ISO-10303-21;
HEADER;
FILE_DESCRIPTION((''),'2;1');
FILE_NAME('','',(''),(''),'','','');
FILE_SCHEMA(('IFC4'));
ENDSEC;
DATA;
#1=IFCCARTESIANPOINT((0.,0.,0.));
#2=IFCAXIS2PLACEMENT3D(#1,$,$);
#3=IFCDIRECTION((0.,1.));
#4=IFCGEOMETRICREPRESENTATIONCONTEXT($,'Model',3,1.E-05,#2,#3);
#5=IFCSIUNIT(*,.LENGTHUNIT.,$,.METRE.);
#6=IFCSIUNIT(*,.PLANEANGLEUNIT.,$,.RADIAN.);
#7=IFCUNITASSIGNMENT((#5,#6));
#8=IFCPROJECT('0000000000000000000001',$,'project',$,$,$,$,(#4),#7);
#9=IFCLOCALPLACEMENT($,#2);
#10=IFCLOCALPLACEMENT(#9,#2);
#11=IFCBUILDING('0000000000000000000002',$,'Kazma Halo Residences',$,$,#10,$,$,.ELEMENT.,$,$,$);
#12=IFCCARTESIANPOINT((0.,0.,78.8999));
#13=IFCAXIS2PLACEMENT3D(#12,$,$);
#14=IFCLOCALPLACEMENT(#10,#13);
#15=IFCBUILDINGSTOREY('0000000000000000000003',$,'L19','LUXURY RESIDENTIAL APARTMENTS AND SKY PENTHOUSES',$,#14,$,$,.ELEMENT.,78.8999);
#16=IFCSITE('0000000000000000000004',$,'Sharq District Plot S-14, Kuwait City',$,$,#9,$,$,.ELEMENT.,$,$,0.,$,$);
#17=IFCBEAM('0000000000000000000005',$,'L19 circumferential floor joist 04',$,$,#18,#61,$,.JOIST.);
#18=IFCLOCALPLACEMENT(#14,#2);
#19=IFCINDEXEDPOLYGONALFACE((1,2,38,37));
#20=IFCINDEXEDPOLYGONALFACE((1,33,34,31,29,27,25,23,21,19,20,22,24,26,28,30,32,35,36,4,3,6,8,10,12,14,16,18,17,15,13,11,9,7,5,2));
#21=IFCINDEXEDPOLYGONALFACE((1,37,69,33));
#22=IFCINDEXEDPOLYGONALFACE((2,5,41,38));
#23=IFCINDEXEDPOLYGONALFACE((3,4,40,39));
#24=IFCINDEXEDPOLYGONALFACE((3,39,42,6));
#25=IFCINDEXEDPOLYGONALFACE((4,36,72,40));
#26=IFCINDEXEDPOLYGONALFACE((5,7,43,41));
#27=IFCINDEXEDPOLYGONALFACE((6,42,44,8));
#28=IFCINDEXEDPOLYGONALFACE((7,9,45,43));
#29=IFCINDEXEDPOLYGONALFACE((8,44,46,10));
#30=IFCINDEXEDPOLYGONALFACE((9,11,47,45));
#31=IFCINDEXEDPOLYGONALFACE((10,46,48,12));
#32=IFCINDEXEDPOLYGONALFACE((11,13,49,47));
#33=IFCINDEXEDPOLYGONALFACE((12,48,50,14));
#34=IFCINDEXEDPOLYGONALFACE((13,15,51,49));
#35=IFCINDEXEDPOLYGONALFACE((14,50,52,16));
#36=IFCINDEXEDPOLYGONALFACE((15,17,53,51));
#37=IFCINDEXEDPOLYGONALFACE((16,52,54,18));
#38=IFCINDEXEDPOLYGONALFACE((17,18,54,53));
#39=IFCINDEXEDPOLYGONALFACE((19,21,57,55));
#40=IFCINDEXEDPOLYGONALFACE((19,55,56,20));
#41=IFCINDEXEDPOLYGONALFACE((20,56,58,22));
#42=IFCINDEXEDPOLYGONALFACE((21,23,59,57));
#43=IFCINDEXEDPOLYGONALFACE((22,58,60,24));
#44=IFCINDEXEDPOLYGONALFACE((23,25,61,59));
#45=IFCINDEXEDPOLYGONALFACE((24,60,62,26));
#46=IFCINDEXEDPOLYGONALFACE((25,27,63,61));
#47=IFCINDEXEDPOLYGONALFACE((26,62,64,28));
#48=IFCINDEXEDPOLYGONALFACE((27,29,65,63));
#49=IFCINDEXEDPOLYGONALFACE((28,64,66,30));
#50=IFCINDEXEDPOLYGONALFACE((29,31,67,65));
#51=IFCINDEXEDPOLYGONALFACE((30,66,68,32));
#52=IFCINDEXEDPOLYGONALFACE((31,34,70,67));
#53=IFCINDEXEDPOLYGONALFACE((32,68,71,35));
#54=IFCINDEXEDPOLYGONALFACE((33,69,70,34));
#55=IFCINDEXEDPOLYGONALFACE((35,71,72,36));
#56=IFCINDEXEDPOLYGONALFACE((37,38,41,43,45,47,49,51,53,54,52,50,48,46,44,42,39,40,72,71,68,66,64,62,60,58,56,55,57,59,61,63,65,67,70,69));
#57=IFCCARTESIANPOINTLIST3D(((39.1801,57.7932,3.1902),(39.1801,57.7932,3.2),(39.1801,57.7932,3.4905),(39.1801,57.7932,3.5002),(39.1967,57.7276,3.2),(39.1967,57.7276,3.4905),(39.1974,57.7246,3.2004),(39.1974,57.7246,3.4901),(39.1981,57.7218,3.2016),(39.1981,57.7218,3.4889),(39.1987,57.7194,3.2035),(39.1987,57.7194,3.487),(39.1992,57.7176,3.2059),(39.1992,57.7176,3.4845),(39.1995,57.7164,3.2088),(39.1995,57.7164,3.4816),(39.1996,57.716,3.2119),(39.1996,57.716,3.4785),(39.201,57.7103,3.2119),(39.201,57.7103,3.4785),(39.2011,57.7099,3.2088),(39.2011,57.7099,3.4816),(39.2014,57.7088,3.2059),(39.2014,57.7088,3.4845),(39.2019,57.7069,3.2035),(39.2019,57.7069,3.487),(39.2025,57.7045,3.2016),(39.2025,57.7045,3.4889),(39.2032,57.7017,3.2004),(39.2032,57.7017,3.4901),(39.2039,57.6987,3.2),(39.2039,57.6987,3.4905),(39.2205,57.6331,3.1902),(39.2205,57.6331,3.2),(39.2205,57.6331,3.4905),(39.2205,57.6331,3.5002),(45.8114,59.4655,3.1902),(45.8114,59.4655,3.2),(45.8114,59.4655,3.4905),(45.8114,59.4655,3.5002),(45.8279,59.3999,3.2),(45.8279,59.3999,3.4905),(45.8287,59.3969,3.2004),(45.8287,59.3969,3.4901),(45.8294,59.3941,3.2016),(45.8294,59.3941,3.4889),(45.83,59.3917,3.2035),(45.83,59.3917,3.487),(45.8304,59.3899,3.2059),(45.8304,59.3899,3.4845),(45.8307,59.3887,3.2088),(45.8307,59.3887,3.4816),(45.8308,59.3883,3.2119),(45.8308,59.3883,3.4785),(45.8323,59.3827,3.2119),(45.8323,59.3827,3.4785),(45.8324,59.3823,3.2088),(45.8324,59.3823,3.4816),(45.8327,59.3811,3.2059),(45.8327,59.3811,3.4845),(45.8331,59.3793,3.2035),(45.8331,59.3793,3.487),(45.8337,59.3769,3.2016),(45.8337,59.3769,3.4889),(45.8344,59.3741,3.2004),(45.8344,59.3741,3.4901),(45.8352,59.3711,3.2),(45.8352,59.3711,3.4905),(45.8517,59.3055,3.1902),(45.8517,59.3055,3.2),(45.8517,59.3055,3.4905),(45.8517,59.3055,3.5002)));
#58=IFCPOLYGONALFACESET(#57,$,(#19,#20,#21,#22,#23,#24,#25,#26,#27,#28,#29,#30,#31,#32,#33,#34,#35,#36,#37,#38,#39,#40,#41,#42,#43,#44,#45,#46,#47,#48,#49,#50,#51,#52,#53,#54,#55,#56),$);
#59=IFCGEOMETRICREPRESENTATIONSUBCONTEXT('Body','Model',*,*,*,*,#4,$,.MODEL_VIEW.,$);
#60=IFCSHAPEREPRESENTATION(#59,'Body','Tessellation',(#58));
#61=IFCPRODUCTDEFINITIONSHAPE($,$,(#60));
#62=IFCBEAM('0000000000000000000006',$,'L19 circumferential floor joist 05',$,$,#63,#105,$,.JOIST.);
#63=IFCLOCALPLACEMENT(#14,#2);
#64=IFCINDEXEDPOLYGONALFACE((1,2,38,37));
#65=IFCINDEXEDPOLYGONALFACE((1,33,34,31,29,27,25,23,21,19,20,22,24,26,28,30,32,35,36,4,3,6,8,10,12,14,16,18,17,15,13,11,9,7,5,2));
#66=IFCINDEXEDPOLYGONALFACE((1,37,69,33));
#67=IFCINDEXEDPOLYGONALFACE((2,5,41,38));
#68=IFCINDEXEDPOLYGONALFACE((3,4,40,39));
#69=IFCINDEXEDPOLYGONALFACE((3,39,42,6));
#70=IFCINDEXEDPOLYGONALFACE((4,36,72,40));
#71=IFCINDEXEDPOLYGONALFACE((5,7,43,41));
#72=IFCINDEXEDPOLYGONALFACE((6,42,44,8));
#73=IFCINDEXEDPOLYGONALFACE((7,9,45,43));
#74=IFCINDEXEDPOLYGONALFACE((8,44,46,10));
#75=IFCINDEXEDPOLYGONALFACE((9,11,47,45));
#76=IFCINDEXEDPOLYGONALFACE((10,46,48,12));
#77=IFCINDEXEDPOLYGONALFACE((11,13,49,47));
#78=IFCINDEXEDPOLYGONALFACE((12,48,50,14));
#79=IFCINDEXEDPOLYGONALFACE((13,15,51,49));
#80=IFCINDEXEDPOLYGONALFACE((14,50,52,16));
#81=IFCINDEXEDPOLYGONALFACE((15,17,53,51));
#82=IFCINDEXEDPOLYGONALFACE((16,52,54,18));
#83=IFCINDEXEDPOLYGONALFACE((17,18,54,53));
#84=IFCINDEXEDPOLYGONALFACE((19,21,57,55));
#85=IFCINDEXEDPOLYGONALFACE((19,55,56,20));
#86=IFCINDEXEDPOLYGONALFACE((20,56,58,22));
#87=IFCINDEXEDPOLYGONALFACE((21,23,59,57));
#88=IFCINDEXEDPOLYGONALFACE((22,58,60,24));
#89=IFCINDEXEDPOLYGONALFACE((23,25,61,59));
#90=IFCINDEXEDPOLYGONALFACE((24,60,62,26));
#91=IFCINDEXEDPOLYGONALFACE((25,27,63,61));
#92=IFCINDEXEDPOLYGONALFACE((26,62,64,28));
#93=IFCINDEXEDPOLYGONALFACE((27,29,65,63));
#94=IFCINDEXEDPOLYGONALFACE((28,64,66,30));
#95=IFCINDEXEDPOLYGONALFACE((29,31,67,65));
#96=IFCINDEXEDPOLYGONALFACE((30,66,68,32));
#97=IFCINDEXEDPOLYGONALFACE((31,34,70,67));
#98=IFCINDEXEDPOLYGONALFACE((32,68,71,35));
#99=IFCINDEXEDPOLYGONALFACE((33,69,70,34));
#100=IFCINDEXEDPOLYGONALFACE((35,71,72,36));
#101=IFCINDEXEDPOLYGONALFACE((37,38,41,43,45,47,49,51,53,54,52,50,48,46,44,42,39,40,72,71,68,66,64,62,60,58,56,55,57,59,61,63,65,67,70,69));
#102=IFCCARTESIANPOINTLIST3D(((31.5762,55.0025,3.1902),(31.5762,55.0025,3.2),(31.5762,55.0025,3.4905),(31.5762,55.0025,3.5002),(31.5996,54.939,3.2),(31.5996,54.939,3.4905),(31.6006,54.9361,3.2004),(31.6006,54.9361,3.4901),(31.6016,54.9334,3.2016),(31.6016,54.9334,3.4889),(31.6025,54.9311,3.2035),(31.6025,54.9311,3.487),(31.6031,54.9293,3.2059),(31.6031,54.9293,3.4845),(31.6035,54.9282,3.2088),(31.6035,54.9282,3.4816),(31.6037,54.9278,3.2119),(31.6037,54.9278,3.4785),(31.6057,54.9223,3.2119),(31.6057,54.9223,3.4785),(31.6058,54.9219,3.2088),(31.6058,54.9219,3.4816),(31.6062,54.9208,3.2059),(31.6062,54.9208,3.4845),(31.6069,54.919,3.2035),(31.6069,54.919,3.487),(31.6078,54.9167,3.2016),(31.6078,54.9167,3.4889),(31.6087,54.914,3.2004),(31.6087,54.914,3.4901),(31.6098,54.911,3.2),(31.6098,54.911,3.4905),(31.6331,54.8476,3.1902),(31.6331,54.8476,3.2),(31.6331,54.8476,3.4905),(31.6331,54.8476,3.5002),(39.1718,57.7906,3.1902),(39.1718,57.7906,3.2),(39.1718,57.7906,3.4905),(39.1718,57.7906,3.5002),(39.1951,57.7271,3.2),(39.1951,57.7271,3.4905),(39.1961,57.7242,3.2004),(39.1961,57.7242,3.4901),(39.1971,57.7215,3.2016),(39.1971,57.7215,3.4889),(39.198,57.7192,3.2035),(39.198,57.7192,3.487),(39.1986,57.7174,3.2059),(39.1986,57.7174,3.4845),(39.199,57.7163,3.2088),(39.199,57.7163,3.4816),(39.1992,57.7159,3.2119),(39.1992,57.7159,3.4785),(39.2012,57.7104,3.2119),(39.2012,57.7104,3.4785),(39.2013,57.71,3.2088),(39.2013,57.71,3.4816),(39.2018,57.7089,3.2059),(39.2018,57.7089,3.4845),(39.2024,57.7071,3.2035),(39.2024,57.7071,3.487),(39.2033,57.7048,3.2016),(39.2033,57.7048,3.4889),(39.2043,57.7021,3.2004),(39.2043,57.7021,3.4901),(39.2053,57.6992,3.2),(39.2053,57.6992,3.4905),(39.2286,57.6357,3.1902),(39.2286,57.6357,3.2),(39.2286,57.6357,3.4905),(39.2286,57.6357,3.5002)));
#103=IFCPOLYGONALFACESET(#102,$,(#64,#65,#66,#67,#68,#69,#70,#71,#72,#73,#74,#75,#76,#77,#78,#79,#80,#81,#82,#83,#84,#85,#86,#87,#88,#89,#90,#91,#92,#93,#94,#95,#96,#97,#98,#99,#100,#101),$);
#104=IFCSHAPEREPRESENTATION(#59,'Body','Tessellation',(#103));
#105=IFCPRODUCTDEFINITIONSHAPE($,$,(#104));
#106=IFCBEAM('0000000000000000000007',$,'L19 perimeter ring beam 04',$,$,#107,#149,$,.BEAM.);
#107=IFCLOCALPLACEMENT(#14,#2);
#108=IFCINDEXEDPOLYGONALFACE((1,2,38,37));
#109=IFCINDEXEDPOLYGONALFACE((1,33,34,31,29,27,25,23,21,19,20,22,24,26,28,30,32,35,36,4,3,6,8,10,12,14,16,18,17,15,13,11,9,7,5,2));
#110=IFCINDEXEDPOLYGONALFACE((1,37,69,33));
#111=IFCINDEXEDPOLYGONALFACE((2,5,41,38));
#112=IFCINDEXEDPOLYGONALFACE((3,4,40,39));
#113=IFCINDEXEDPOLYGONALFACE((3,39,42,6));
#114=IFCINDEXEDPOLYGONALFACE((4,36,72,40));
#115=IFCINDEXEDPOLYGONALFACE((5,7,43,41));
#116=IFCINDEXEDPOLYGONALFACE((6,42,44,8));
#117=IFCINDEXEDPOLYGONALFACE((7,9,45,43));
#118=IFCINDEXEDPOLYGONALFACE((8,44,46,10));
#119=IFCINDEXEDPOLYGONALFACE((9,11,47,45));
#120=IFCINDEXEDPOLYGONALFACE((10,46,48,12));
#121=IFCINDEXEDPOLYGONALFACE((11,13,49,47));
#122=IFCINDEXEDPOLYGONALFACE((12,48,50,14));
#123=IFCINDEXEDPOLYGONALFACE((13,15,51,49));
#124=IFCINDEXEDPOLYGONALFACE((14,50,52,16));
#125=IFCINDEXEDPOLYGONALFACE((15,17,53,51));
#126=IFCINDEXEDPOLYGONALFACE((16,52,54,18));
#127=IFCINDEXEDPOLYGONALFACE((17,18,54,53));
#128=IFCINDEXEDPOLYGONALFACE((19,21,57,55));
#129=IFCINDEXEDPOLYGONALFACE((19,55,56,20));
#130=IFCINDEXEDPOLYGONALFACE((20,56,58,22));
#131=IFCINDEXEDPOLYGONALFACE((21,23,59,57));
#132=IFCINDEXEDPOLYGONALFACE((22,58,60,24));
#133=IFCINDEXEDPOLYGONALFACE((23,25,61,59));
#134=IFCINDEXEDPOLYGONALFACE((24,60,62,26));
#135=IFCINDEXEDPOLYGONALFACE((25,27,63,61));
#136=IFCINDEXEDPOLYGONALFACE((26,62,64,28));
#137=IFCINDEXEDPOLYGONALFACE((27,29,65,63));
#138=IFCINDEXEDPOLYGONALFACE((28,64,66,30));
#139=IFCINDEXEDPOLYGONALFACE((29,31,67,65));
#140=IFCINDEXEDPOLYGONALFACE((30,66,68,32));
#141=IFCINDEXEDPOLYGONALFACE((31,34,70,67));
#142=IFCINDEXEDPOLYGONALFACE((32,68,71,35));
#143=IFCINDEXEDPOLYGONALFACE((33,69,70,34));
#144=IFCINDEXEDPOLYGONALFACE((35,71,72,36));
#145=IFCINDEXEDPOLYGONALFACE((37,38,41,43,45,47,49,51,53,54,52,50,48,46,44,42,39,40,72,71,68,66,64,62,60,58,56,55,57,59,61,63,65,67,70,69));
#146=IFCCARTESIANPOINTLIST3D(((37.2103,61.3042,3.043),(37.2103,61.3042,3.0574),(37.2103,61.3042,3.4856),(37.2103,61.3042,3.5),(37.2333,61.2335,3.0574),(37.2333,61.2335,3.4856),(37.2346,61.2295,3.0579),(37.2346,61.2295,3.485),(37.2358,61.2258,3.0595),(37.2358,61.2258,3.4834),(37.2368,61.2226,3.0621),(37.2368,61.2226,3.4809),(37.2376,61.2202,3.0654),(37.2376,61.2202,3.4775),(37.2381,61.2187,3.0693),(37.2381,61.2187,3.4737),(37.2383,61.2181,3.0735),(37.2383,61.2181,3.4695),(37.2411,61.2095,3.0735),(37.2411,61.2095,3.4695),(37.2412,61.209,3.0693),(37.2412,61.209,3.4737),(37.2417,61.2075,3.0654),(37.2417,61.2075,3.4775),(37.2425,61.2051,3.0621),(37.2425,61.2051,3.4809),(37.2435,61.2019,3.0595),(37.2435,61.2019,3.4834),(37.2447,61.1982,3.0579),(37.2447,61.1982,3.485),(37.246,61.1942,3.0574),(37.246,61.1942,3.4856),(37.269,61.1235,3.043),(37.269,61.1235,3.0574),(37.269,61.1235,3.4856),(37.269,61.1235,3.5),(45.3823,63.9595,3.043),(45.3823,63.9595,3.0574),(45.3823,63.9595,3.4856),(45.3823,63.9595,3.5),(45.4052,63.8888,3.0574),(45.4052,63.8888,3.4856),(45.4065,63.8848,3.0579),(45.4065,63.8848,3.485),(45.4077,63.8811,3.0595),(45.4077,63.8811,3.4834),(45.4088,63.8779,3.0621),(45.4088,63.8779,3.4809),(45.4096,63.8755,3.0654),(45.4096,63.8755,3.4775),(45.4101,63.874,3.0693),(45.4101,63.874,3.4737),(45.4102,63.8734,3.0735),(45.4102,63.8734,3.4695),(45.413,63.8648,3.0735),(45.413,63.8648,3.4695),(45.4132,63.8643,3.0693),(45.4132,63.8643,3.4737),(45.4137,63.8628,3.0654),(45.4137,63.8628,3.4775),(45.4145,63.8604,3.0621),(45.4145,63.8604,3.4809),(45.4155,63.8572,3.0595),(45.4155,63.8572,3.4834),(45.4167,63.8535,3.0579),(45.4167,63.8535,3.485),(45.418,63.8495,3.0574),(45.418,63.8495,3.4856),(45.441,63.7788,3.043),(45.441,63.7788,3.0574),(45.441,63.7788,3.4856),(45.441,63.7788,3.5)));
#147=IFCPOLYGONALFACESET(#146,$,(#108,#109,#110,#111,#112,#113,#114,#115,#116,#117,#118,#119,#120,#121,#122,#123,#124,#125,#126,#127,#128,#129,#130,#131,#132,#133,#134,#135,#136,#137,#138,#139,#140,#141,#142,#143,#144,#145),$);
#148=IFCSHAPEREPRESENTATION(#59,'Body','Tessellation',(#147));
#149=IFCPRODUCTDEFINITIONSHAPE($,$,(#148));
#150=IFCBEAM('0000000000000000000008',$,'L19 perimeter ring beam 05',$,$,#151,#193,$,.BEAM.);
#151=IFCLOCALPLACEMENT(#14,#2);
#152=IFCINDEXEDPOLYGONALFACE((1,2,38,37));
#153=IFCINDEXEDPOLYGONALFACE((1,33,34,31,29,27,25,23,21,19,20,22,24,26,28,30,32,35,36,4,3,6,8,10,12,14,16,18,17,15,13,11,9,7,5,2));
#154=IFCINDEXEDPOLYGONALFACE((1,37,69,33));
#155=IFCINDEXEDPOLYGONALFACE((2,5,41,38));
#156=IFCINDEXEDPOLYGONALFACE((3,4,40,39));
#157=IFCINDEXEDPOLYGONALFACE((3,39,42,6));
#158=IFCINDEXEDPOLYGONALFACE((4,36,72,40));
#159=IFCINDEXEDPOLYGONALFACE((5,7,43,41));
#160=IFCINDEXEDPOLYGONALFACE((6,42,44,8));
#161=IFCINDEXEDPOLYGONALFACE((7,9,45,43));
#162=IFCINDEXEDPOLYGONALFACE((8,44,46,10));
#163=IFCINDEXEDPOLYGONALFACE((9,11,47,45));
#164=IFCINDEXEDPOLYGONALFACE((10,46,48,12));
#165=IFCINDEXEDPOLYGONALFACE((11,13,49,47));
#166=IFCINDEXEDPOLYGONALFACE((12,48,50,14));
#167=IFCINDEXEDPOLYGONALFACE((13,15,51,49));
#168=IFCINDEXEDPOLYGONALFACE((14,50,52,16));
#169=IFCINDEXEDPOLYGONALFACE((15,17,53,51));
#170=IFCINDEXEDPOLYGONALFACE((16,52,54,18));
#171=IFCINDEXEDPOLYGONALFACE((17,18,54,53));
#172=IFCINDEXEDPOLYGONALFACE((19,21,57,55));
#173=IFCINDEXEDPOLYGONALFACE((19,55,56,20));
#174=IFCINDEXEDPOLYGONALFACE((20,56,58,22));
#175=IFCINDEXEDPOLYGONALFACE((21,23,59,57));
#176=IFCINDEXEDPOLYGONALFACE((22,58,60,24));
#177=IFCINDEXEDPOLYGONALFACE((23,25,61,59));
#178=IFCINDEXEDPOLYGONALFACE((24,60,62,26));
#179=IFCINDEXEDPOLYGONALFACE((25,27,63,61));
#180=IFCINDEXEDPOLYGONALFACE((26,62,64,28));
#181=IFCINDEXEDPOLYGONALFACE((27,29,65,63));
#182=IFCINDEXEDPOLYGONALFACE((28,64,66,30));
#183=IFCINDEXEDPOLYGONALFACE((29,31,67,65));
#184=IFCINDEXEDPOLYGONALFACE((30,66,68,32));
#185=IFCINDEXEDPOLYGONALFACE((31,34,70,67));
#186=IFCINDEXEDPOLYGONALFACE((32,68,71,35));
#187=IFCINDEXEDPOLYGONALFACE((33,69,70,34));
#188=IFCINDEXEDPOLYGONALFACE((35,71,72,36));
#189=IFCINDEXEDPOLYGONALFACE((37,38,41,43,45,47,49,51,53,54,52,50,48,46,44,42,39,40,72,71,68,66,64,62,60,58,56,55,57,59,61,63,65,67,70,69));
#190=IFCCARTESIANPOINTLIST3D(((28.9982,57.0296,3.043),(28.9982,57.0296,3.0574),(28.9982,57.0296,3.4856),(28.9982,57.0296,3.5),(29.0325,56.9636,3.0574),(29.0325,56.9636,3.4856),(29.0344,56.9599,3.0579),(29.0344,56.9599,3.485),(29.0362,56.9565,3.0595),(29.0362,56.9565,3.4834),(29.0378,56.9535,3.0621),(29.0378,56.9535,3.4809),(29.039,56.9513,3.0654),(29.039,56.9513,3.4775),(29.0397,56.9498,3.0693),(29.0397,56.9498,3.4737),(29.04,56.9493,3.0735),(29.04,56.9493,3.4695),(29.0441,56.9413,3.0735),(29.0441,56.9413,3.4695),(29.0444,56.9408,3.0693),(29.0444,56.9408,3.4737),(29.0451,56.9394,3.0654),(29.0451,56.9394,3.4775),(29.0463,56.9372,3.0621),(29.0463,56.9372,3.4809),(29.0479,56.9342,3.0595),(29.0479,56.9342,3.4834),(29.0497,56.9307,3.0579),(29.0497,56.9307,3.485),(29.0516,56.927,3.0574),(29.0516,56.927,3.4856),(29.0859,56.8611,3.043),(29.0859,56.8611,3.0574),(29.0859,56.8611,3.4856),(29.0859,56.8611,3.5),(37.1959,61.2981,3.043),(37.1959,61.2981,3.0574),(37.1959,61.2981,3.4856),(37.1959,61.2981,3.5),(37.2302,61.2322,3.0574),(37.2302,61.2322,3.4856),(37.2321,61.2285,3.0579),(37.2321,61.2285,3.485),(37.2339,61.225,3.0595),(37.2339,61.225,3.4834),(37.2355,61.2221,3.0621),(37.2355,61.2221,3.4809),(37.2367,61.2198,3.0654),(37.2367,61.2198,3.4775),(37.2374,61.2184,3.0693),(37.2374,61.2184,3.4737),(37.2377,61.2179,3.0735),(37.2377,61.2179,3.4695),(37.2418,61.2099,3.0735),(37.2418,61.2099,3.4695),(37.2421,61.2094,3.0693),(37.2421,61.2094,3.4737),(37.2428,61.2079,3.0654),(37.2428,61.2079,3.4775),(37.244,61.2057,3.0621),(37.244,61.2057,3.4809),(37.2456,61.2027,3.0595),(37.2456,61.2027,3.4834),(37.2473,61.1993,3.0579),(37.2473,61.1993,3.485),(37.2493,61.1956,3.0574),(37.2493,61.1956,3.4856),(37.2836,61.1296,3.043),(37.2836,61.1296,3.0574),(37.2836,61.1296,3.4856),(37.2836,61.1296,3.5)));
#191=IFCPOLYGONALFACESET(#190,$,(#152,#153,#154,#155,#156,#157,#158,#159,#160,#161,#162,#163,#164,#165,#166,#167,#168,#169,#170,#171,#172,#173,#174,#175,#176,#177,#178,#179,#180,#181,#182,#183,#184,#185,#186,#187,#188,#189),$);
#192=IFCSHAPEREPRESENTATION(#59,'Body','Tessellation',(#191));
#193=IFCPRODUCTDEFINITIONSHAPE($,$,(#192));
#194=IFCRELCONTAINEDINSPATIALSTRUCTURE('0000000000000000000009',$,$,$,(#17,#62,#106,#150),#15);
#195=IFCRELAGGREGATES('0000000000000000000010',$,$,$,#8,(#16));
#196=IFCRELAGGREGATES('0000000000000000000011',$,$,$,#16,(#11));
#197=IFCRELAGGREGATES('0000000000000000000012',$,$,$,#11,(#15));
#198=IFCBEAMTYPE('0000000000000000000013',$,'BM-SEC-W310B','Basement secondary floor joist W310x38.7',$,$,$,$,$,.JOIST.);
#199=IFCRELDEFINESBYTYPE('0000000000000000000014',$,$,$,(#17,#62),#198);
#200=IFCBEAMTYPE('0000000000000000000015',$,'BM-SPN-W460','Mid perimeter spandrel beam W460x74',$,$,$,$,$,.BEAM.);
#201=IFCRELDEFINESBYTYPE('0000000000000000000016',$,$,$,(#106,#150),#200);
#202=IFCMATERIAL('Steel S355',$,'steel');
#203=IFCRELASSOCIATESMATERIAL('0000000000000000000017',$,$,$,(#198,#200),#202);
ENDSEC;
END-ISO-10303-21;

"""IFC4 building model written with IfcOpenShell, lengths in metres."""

from ifc_helpers import new_model, si_unit, direction, frame, origin, origin_2d, place, context, subcontext, project, spatial, i_section, extrude, material, material_profile, profile_set, type_object, element, save


model = new_model("IFC4")

# Units and contexts
model_context = context("Model", 3, precision=1e-05, world=origin(), true_north=direction((0.0, 1.0)))
body_context = subcontext(model_context, "Body", "Model", "MODEL_VIEW")
ifc_project = project(units=[si_unit("LENGTHUNIT", "METRE"), si_unit("PLANEANGLEUNIT", "RADIAN")], contexts=[model_context])

# Site, building, storey
site_placement = place(None, origin())
site = spatial("IfcSite", under=ifc_project, at=site_placement, Name="Sharq District Plot S-14, Kuwait City", CompositionType="ELEMENT", RefElevation=0.0)
building_placement = place(site_placement, origin())
building = spatial("IfcBuilding", under=site, at=building_placement, Name="Kazma Halo Residences", CompositionType="ELEMENT")
storey_placement = place(building_placement, frame((0.0, 0.0, 78.8999)))
storey = spatial("IfcBuildingStorey", under=building, at=storey_placement, Name="L19", Description="LUXURY RESIDENTIAL APARTMENTS AND SKY PENTHOUSES", CompositionType="ELEMENT", Elevation=78.8999)

# Beams
ifc_material_1 = material(Name="Steel S355", Category="steel")
ifc_material_profile_1 = material_profile(ifc_material_1, i_section(OverallWidth=0.165, OverallDepth=0.3101, WebThickness=0.0059, FlangeThickness=0.0098, FilletRadius=0.012, at=origin_2d()), Name="W310x38.7")
ifc_profile_set_1 = profile_set([ifc_material_profile_1], Name="Steel S355")
beam_type_1 = type_object("IfcBeamType", Name="BM-SEC-W310B", Description="Basement secondary floor joist W310x38.7", PredefinedType="JOIST", material=ifc_profile_set_1)
beam_1_placement = place(storey_placement, frame((45.8315, 59.3855, 3.3452), z_axis=(-0.969641, -0.244534, 0.0), x_axis=(0.244534, -0.969641, 0.0)))
element("IfcBeam", 1, at=beam_1_placement, inside=storey, type_object=beam_type_1, Name="L19 circumferential floor joist 04", PredefinedType="JOIST", context=body_context, shape_type="SweptSolid", body=[
    extrude(i_section(OverallWidth=0.165, OverallDepth=0.3101, WebThickness=0.0059, FlangeThickness=0.0098, FilletRadius=0.012, at=origin_2d()), origin(), (0.0, 0.0, 1.0), 6.8389),
])
beam_2_placement = place(storey_placement, frame((39.2002, 57.7131, 3.3452), z_axis=(-0.938753, -0.344591, 0.0), x_axis=(0.344591, -0.938753, 0.0)))
element("IfcBeam", 2, at=beam_2_placement, inside=storey, type_object=beam_type_1, Name="L19 circumferential floor joist 05", PredefinedType="JOIST", context=body_context, shape_type="SweptSolid", body=[
    extrude(i_section(OverallWidth=0.165, OverallDepth=0.3101, WebThickness=0.0059, FlangeThickness=0.0098, FilletRadius=0.012, at=origin_2d()), origin(), (0.0, 0.0, 1.0), 8.0911),
])
ifc_material_profile_2 = material_profile(ifc_material_1, i_section(OverallWidth=0.1899, OverallDepth=0.457, WebThickness=0.009, FlangeThickness=0.0144, FilletRadius=0.0161, at=origin_2d()), Name="W460x74")
ifc_profile_set_2 = profile_set([ifc_material_profile_2], Name="Steel S355")
beam_type_2 = type_object("IfcBeamType", Name="BM-SPN-W460", Description="Mid perimeter spandrel beam W460x74", PredefinedType="BEAM", material=ifc_profile_set_2)
beam_3_placement = place(storey_placement, frame((45.4116, 63.8691, 3.2715), z_axis=(-0.951054, -0.309024, 0.0), x_axis=(0.309024, -0.951054, 0.0)))
element("IfcBeam", 3, at=beam_3_placement, inside=storey, type_object=beam_type_2, Name="L19 perimeter ring beam 04", PredefinedType="BEAM", context=body_context, shape_type="SweptSolid", body=[
    extrude(i_section(OverallWidth=0.1899, OverallDepth=0.457, WebThickness=0.009, FlangeThickness=0.0144, FilletRadius=0.0161, at=origin_2d()), origin(), (0.0, 0.0, 1.0), 8.5925),
])
beam_4_placement = place(storey_placement, frame((37.2397, 61.2139, 3.2715), z_axis=(-0.886963, -0.46184, 0.0), x_axis=(0.46184, -0.886963, 0.0)))
element("IfcBeam", 4, at=beam_4_placement, inside=storey, type_object=beam_type_2, Name="L19 perimeter ring beam 05", PredefinedType="BEAM", context=body_context, shape_type="SweptSolid", body=[
    extrude(i_section(OverallWidth=0.1899, OverallDepth=0.457, WebThickness=0.009, FlangeThickness=0.0144, FilletRadius=0.0161, at=origin_2d()), origin(), (0.0, 0.0, 1.0), 9.2424),
])

save(model, "model.ifc")
